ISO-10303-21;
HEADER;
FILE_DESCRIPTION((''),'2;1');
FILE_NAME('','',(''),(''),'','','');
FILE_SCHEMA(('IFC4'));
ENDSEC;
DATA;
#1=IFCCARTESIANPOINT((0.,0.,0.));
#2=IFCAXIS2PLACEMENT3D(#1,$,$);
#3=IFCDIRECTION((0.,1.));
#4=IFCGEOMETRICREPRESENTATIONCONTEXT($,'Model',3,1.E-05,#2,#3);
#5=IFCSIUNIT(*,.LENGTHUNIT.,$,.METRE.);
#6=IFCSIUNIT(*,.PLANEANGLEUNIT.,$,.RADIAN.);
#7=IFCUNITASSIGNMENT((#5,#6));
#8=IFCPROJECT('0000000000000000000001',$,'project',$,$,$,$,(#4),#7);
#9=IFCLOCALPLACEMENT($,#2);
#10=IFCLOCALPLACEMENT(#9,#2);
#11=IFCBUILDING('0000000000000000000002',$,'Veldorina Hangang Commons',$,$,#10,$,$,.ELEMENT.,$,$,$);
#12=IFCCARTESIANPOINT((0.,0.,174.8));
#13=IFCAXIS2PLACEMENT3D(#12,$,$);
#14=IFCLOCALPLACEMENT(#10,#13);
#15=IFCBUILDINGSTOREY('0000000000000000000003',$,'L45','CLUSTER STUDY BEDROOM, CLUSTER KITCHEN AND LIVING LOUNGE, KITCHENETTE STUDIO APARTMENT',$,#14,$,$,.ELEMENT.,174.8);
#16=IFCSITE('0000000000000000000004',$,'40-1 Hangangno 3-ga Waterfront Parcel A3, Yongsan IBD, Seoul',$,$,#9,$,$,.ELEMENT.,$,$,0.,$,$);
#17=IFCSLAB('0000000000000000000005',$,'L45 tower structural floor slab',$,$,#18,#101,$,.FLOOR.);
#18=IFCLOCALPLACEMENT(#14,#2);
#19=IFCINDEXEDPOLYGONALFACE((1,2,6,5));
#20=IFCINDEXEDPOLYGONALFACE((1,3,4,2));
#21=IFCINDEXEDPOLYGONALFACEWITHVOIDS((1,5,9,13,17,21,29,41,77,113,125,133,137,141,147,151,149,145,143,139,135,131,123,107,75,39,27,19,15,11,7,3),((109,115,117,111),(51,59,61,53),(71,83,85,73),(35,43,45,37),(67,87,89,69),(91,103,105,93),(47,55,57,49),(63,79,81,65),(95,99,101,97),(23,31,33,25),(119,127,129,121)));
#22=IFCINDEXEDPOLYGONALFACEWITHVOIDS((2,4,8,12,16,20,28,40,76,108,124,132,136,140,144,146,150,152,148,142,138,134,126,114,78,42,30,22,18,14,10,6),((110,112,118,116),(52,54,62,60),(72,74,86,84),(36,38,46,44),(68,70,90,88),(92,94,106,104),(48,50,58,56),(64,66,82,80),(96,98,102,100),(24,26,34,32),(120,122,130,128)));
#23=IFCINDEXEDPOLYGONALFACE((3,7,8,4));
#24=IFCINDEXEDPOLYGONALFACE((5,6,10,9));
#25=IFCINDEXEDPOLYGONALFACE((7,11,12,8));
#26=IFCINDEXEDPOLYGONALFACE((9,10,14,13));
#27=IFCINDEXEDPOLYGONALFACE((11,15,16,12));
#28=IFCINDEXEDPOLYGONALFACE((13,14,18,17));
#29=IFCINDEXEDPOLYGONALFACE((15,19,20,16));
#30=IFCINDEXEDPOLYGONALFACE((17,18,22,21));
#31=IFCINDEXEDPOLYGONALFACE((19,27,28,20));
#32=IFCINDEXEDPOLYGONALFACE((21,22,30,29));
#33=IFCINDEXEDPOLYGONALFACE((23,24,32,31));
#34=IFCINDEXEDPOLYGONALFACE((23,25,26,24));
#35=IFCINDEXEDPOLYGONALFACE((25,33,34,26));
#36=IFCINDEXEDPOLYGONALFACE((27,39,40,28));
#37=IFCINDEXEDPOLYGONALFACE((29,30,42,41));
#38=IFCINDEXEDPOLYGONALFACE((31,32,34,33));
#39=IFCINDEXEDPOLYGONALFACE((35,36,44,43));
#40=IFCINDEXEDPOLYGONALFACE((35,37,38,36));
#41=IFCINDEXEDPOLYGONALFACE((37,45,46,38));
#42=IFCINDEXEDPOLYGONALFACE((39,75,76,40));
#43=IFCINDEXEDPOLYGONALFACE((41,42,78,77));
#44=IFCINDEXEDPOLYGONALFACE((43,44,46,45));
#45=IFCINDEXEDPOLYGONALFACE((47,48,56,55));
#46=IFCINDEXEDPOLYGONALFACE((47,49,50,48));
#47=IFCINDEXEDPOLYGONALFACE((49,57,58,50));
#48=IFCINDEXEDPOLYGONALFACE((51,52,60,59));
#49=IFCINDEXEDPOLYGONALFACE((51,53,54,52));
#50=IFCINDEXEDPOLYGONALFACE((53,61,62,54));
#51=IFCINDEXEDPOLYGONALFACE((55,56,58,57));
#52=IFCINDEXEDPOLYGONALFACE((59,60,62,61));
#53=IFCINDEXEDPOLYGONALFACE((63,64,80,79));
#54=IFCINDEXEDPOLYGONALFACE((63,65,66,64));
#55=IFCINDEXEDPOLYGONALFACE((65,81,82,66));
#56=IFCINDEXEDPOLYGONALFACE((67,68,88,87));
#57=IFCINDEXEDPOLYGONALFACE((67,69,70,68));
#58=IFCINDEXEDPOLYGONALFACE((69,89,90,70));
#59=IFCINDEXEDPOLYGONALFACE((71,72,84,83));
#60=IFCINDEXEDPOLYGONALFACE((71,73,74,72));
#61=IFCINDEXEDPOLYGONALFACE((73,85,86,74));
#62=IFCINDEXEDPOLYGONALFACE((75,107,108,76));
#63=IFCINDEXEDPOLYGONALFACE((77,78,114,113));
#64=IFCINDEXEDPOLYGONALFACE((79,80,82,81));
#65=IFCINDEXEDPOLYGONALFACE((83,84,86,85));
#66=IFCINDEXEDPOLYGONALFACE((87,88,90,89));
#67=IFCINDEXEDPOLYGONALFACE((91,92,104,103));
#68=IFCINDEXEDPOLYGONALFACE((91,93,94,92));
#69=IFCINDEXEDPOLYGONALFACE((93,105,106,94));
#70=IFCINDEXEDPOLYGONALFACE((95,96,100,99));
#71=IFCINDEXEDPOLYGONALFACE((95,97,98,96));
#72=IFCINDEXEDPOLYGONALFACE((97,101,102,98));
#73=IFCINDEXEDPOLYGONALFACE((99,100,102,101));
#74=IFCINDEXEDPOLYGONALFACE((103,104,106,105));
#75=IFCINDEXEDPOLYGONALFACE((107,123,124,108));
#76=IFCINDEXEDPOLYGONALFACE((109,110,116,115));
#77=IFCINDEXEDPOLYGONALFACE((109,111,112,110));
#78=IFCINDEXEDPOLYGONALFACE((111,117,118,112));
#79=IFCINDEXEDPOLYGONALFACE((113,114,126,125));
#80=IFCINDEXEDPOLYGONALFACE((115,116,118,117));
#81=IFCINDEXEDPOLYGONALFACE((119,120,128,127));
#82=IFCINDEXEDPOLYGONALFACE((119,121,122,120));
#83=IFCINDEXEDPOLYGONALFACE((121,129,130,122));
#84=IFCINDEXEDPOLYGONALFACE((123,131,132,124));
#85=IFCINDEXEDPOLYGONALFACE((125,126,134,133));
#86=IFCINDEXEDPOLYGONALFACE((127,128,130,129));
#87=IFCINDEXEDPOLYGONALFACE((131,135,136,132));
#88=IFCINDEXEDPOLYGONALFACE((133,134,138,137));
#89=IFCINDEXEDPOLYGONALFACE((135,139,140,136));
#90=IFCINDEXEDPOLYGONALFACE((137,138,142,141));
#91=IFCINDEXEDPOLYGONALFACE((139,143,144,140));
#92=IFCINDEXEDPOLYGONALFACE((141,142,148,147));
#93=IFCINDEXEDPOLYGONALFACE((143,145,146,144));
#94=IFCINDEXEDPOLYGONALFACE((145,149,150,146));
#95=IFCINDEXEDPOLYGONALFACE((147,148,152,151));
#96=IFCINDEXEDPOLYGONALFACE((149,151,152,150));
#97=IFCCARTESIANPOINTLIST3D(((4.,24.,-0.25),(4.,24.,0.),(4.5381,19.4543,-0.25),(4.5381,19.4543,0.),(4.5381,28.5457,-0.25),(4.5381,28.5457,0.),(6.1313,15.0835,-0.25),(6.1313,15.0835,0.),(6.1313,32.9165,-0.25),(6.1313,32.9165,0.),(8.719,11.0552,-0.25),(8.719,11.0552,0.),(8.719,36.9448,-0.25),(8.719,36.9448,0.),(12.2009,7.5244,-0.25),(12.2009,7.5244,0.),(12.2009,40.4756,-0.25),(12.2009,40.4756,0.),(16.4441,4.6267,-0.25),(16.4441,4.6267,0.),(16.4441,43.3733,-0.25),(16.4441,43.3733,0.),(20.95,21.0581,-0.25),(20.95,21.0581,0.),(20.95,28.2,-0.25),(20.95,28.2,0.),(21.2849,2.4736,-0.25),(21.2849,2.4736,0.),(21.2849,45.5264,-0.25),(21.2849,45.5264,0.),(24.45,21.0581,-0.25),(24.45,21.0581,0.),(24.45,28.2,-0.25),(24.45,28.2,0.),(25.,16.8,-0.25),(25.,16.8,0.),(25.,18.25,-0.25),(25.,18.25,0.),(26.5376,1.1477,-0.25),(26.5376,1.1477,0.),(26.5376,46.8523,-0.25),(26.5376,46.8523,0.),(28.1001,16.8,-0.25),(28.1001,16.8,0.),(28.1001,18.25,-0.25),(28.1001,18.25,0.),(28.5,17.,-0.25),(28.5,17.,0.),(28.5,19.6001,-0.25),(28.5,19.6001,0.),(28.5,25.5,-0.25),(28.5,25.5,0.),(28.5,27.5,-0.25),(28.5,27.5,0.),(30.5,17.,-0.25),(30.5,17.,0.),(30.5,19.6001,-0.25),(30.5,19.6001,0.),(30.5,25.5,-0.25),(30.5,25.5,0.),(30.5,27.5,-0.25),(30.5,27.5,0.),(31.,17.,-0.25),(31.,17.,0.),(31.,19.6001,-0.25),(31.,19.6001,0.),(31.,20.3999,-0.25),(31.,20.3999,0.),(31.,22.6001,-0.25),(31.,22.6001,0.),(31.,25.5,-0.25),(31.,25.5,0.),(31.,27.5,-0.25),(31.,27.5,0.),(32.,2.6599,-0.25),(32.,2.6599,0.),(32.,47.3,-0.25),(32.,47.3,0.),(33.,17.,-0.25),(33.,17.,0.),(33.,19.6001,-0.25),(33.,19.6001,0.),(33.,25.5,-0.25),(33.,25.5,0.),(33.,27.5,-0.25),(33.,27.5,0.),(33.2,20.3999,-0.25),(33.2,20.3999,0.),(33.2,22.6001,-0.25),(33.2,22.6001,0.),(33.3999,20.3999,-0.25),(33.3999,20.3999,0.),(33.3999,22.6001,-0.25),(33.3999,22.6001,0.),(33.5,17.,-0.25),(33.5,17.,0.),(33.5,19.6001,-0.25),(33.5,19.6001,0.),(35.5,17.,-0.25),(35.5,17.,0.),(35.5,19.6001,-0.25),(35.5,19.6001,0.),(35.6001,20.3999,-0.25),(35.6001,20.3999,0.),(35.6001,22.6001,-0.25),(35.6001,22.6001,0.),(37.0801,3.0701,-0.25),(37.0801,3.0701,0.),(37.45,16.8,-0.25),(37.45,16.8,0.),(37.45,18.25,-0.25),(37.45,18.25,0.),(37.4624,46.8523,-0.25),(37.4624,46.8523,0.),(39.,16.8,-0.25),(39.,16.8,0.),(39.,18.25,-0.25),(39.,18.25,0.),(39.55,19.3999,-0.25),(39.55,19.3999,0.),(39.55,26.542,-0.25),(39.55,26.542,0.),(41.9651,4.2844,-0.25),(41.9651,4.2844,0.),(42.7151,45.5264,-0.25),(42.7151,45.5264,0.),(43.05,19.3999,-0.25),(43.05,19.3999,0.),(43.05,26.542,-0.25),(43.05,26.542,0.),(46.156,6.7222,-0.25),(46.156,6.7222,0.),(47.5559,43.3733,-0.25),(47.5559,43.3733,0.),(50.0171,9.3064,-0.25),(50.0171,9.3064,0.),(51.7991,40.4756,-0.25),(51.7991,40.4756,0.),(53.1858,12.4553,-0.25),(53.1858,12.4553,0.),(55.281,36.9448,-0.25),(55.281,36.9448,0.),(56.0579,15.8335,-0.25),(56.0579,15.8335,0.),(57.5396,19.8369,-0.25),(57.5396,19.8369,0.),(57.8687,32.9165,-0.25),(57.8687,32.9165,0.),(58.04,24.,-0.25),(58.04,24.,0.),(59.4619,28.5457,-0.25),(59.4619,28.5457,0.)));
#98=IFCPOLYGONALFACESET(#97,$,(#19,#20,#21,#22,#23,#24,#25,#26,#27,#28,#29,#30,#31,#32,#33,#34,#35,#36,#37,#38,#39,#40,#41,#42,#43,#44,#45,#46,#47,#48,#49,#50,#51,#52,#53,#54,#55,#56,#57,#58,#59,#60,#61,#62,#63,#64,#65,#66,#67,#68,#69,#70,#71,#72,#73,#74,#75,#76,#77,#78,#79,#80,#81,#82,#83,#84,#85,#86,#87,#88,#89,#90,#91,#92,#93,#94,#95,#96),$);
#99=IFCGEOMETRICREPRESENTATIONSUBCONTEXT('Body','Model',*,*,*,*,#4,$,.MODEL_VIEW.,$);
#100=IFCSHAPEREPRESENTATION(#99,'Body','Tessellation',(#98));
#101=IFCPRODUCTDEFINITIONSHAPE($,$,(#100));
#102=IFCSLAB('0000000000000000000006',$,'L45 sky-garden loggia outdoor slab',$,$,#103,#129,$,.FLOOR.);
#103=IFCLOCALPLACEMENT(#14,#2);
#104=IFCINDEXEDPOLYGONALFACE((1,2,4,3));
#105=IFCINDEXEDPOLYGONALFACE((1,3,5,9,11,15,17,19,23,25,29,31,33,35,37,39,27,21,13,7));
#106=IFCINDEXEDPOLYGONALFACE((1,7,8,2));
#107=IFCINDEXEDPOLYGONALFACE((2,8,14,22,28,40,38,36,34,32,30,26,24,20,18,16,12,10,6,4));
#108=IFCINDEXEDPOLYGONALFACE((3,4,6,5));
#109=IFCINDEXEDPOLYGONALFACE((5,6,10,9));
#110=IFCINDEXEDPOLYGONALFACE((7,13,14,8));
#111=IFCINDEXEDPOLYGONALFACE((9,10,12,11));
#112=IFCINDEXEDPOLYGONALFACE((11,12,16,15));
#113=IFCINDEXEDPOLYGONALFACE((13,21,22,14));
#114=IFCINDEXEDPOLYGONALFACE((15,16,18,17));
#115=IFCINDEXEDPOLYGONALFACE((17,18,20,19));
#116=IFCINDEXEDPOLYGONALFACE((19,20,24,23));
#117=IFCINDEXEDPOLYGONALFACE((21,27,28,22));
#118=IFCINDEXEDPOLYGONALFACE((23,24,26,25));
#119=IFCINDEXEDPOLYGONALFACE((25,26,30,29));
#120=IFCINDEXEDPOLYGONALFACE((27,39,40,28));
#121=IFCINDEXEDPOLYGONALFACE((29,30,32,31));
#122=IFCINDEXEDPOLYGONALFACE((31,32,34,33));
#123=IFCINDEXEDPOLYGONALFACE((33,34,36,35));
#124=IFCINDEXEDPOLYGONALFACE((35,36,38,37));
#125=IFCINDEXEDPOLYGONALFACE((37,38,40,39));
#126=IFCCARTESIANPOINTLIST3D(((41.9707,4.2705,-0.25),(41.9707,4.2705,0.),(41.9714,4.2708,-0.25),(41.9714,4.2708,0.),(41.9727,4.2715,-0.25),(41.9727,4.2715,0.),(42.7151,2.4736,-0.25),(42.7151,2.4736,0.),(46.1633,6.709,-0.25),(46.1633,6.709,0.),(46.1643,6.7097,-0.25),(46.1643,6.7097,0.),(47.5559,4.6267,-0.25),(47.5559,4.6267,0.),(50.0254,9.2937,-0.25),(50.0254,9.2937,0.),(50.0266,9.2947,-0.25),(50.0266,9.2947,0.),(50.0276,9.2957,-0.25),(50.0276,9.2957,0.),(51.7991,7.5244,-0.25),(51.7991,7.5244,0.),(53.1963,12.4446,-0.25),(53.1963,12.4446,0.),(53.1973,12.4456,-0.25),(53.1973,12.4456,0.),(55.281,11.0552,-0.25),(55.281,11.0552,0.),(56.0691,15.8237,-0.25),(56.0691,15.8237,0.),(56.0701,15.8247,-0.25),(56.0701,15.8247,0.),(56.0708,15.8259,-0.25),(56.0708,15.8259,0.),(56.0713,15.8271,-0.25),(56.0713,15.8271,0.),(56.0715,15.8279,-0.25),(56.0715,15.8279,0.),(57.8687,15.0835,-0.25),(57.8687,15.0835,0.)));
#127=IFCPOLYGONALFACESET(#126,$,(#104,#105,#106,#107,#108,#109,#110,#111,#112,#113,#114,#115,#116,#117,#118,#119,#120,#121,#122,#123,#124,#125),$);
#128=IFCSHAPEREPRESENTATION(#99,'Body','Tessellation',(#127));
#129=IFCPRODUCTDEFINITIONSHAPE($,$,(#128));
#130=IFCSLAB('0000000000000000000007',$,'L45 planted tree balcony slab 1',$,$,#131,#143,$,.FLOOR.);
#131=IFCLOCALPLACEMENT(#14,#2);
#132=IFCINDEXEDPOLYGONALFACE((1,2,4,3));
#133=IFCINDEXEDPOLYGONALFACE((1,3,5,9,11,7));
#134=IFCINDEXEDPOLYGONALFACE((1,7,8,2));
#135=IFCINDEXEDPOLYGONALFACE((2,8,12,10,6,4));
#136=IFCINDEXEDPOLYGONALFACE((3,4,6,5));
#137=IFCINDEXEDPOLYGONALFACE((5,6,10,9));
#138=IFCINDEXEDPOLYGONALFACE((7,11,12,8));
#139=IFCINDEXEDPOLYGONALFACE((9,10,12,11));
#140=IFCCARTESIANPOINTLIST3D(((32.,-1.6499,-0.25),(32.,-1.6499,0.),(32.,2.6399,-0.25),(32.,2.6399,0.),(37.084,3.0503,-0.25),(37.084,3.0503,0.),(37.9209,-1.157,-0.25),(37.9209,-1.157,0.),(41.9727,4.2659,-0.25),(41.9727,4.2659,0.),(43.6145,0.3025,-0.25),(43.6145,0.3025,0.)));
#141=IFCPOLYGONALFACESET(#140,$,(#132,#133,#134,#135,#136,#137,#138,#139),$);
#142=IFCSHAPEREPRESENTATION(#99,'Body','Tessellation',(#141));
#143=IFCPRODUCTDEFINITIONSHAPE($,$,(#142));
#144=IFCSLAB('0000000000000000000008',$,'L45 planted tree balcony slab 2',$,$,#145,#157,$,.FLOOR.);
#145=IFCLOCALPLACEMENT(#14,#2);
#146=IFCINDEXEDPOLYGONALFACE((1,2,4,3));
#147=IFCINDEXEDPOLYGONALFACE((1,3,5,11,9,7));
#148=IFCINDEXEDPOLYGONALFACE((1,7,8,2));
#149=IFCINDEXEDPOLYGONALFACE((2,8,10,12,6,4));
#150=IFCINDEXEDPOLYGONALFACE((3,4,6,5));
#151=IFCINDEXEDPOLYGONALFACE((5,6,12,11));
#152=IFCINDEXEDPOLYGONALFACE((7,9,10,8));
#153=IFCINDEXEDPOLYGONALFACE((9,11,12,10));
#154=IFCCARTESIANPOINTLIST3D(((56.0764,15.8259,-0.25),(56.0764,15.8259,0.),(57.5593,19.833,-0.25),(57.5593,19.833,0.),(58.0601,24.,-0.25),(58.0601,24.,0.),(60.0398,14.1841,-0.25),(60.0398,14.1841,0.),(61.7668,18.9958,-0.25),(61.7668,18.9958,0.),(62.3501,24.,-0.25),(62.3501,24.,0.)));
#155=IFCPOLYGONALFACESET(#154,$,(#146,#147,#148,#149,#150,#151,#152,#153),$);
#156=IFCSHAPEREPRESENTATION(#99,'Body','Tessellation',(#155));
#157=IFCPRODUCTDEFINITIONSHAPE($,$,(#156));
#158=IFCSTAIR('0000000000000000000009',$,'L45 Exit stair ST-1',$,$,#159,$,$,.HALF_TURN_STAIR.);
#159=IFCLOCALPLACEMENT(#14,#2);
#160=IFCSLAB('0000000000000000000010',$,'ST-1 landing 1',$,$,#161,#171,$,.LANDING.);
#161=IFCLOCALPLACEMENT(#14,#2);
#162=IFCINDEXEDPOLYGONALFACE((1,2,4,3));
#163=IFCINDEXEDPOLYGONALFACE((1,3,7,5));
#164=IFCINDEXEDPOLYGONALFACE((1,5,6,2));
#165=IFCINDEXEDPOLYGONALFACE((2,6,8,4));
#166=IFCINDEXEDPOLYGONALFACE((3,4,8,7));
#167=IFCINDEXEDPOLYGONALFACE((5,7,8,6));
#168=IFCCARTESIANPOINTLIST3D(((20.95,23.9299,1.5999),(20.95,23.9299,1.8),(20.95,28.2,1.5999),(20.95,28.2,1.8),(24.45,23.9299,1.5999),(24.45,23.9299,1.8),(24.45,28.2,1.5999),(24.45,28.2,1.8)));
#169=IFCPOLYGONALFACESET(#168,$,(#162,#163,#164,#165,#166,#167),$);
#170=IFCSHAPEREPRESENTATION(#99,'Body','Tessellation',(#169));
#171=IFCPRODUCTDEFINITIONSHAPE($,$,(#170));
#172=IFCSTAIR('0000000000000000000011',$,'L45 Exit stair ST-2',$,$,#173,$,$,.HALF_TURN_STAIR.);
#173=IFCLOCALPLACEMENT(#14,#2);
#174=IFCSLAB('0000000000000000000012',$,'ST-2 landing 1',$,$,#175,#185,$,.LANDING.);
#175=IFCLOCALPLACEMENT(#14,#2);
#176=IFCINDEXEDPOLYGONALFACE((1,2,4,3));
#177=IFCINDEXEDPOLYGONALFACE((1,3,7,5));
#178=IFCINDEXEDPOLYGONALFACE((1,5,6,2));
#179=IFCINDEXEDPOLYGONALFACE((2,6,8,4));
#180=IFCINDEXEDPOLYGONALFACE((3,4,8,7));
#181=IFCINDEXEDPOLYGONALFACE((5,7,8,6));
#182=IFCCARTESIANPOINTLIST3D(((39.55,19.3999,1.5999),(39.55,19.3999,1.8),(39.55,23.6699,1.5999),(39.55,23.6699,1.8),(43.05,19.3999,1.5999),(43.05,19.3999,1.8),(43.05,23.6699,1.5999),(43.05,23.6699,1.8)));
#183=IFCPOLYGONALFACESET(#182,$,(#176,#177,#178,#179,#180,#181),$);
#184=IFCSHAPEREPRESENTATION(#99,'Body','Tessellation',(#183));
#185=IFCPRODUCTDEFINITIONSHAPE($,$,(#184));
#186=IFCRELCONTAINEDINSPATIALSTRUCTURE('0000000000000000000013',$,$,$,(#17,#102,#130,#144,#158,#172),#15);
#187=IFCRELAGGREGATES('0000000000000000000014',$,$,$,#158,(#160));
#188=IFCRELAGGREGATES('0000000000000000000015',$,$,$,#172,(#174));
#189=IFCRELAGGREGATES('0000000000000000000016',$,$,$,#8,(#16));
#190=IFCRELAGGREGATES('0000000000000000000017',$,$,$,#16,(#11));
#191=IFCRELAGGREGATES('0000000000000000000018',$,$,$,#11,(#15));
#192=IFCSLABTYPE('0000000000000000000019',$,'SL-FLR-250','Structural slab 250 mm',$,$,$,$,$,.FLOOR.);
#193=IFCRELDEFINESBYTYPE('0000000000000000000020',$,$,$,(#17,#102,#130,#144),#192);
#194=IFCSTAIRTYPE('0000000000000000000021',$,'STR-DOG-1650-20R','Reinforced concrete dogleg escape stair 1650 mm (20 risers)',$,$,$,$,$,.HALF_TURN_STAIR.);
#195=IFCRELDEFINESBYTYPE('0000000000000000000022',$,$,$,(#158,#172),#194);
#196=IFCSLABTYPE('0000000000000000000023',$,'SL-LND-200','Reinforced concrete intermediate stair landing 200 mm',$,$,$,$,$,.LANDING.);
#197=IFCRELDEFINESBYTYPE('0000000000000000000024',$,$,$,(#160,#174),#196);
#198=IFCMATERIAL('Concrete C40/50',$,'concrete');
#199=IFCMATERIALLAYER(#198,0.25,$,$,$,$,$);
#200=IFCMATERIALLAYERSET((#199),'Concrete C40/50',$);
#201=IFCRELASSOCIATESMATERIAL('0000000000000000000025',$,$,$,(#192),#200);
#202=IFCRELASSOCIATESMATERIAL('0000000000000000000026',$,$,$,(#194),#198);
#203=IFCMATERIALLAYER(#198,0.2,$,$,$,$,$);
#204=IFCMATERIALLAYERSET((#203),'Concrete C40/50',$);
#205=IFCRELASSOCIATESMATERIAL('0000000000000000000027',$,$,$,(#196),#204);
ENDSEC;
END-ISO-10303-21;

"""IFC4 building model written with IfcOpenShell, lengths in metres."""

from ifc_helpers import new_model, si_unit, direction, frame, origin, place, context, subcontext, project, spatial, polyline, outline, extrude, material, layer, layer_set, type_object, element, aggregate, save


model = new_model("IFC4")

# Units and contexts
model_context = context("Model", 3, precision=1e-05, world=origin(), true_north=direction((0.0, 1.0)))
body_context = subcontext(model_context, "Body", "Model", "MODEL_VIEW")
ifc_project = project(units=[si_unit("LENGTHUNIT", "METRE"), si_unit("PLANEANGLEUNIT", "RADIAN")], contexts=[model_context])

# Site, building, storey
site_placement = place(None, origin())
site = spatial("IfcSite", under=ifc_project, at=site_placement, Name="40-1 Hangangno 3-ga Waterfront Parcel A3, Yongsan IBD, Seoul", CompositionType="ELEMENT", RefElevation=0.0)
building_placement = place(site_placement, origin())
building = spatial("IfcBuilding", under=site, at=building_placement, Name="Veldorina Hangang Commons", CompositionType="ELEMENT")
storey_placement = place(building_placement, frame((0.0, 0.0, 174.8)))
storey = spatial("IfcBuildingStorey", under=building, at=storey_placement, Name="L45", Description="CLUSTER STUDY BEDROOM, CLUSTER KITCHEN AND LIVING LOUNGE, KITCHENETTE STUDIO APARTMENT", CompositionType="ELEMENT", Elevation=174.8)

# Slabs
ifc_material_1 = material(Name="Concrete C40/50", Category="concrete")
ifc_layer_1 = layer(ifc_material_1, 0.25)
ifc_layer_set_1 = layer_set([ifc_layer_1], Name="Concrete C40/50")
slab_type_1 = type_object("IfcSlabType", Name="SL-FLR-250", Description="Structural slab 250 mm", PredefinedType="FLOOR", material=ifc_layer_set_1)
slab_1_placement = place(storey_placement, frame((0.0, 0.0, -0.25)))
element("IfcSlab", 1, at=slab_1_placement, inside=storey, type_object=slab_type_1, Name="L45 tower structural floor slab", PredefinedType="FLOOR", context=body_context, shape_type="SweptSolid", body=[
    extrude(outline(polyline([(58.04, 24.0), (59.4619, 28.5457), (57.8687, 32.9165), (55.281, 36.9448), (51.7991, 40.4756), (47.5559, 43.3733), (42.7151, 45.5264), (37.4624, 46.8523), (32.0, 47.3), (26.5376, 46.8523), (21.2849, 45.5264), (16.4441, 43.3733), (12.2009, 40.4756), (8.719, 36.9448), (6.1313, 32.9165), (4.5381, 28.5457), (4.0, 24.0), (4.5381, 19.4543), (6.1313, 15.0835), (8.719, 11.0552), (12.2009, 7.5244), (16.4441, 4.6267), (21.2849, 2.4736), (26.5376, 1.1477), (32.0, 2.6599), (37.0801, 3.0701), (41.9651, 4.2844), (46.156, 6.7222), (50.0171, 9.3064), (53.1858, 12.4553), (56.0579, 15.8335), (57.5396, 19.8369), (58.04, 24.0)]), holes=[polyline([(20.95, 21.0581), (20.95, 28.2), (24.45, 28.2), (24.45, 21.0581), (20.95, 21.0581)]), polyline([(43.05, 26.542), (43.05, 19.3999), (39.55, 19.3999), (39.55, 26.542), (43.05, 26.542)]), polyline([(28.5, 27.5), (30.5, 27.5), (30.5, 25.5), (28.5, 25.5), (28.5, 27.5)]), polyline([(31.0, 27.5), (33.0, 27.5), (33.0, 25.5), (31.0, 25.5), (31.0, 27.5)]), polyline([(31.0, 22.6001), (33.2, 22.6001), (33.2, 20.3999), (31.0, 20.3999), (31.0, 22.6001)]), polyline([(33.3999, 22.6001), (35.6001, 22.6001), (35.6001, 20.3999), (33.3999, 20.3999), (33.3999, 22.6001)]), polyline([(28.5, 19.6001), (30.5, 19.6001), (30.5, 17.0), (28.5, 17.0), (28.5, 19.6001)]), polyline([(31.0, 19.6001), (33.0, 19.6001), (33.0, 17.0), (31.0, 17.0), (31.0, 19.6001)]), polyline([(33.5, 19.6001), (35.5, 19.6001), (35.5, 17.0), (33.5, 17.0), (33.5, 19.6001)]), polyline([(25.0, 18.25), (28.1001, 18.25), (28.1001, 16.8), (25.0, 16.8), (25.0, 18.25)]), polyline([(37.45, 18.25), (39.0, 18.25), (39.0, 16.8), (37.45, 16.8), (37.45, 18.25)])]), origin(), (0.0, 0.0, 1.0), 0.25),
])
slab_2_placement = place(storey_placement, frame((0.0, 0.0, -0.25)))
element("IfcSlab", 2, at=slab_2_placement, inside=storey, type_object=slab_type_1, Name="L45 sky-garden loggia outdoor slab", PredefinedType="FLOOR", context=body_context, shape_type="SweptSolid", body=[
    extrude(outline(polyline([(57.8687, 15.0835), (55.281, 11.0552), (51.7991, 7.5244), (47.5559, 4.6267), (42.7151, 2.4736), (41.9707, 4.2705), (41.9714, 4.2708), (41.9727, 4.2715), (46.1633, 6.709), (46.1643, 6.7097), (50.0254, 9.2937), (50.0266, 9.2947), (50.0276, 9.2957), (53.1963, 12.4446), (53.1973, 12.4456), (56.0691, 15.8237), (56.0701, 15.8247), (56.0708, 15.8259), (56.0713, 15.8271), (56.0715, 15.8279), (57.8687, 15.0835)])), origin(), (0.0, 0.0, 1.0), 0.25),
])
slab_3_placement = place(storey_placement, frame((0.0, 0.0, -0.25)))
element("IfcSlab", 3, at=slab_3_placement, inside=storey, type_object=slab_type_1, Name="L45 planted tree balcony slab 1", PredefinedType="FLOOR", context=body_context, shape_type="SweptSolid", body=[
    extrude(outline(polyline([(37.084, 3.0503), (41.9727, 4.2659), (43.6145, 0.3025), (37.9209, -1.157), (32.0, -1.6499), (32.0, 2.6399), (37.084, 3.0503)])), origin(), (0.0, 0.0, 1.0), 0.25),
])
slab_4_placement = place(storey_placement, frame((0.0, 0.0, -0.25)))
element("IfcSlab", 4, at=slab_4_placement, inside=storey, type_object=slab_type_1, Name="L45 planted tree balcony slab 2", PredefinedType="FLOOR", context=body_context, shape_type="SweptSolid", body=[
    extrude(outline(polyline([(57.5593, 19.833), (58.0601, 24.0), (62.3501, 24.0), (61.7668, 18.9958), (60.0398, 14.1841), (56.0764, 15.8259), (57.5593, 19.833)])), origin(), (0.0, 0.0, 1.0), 0.25),
])

# Stairs, slabs
stair_type = type_object("IfcStairType", Name="STR-DOG-1650-20R", Description="Reinforced concrete dogleg escape stair 1650 mm (20 risers)", PredefinedType="HALF_TURN_STAIR", material=ifc_material_1)
stair_1_placement = place(storey_placement, origin())
stair_1 = element("IfcStair", 5, at=stair_1_placement, inside=storey, type_object=stair_type, Name="L45 Exit stair ST-1", PredefinedType="HALF_TURN_STAIR")
ifc_layer_2 = layer(ifc_material_1, 0.2)
ifc_layer_set_2 = layer_set([ifc_layer_2], Name="Concrete C40/50")
slab_type_2 = type_object("IfcSlabType", Name="SL-LND-200", Description="Reinforced concrete intermediate stair landing 200 mm", PredefinedType="LANDING", material=ifc_layer_set_2)
slab_5_placement = place(storey_placement, frame((0.0, 0.0, 1.5999)))
slab_5 = element("IfcSlab", 6, at=slab_5_placement, type_object=slab_type_2, Name="ST-1 landing 1", PredefinedType="LANDING", context=body_context, shape_type="SweptSolid", body=[
    extrude(outline(polyline([(24.45, 23.9299), (24.45, 28.2), (20.95, 28.2), (20.95, 23.9299), (24.45, 23.9299)])), origin(), (0.0, 0.0, 1.0), 0.2002),
])
aggregate(stair_1, [slab_5])
stair_2_placement = place(storey_placement, origin())
stair_2 = element("IfcStair", 7, at=stair_2_placement, inside=storey, type_object=stair_type, Name="L45 Exit stair ST-2", PredefinedType="HALF_TURN_STAIR")
slab_6_placement = place(storey_placement, frame((0.0, 0.0, 1.5999)))
slab_6 = element("IfcSlab", 8, at=slab_6_placement, type_object=slab_type_2, Name="ST-2 landing 1", PredefinedType="LANDING", context=body_context, shape_type="SweptSolid", body=[
    extrude(outline(polyline([(39.55, 23.6699), (39.55, 19.3999), (43.05, 19.3999), (43.05, 23.6699), (39.55, 23.6699)])), origin(), (0.0, 0.0, 1.0), 0.2002),
])
aggregate(stair_2, [slab_6])

save(model, "model.ifc")
